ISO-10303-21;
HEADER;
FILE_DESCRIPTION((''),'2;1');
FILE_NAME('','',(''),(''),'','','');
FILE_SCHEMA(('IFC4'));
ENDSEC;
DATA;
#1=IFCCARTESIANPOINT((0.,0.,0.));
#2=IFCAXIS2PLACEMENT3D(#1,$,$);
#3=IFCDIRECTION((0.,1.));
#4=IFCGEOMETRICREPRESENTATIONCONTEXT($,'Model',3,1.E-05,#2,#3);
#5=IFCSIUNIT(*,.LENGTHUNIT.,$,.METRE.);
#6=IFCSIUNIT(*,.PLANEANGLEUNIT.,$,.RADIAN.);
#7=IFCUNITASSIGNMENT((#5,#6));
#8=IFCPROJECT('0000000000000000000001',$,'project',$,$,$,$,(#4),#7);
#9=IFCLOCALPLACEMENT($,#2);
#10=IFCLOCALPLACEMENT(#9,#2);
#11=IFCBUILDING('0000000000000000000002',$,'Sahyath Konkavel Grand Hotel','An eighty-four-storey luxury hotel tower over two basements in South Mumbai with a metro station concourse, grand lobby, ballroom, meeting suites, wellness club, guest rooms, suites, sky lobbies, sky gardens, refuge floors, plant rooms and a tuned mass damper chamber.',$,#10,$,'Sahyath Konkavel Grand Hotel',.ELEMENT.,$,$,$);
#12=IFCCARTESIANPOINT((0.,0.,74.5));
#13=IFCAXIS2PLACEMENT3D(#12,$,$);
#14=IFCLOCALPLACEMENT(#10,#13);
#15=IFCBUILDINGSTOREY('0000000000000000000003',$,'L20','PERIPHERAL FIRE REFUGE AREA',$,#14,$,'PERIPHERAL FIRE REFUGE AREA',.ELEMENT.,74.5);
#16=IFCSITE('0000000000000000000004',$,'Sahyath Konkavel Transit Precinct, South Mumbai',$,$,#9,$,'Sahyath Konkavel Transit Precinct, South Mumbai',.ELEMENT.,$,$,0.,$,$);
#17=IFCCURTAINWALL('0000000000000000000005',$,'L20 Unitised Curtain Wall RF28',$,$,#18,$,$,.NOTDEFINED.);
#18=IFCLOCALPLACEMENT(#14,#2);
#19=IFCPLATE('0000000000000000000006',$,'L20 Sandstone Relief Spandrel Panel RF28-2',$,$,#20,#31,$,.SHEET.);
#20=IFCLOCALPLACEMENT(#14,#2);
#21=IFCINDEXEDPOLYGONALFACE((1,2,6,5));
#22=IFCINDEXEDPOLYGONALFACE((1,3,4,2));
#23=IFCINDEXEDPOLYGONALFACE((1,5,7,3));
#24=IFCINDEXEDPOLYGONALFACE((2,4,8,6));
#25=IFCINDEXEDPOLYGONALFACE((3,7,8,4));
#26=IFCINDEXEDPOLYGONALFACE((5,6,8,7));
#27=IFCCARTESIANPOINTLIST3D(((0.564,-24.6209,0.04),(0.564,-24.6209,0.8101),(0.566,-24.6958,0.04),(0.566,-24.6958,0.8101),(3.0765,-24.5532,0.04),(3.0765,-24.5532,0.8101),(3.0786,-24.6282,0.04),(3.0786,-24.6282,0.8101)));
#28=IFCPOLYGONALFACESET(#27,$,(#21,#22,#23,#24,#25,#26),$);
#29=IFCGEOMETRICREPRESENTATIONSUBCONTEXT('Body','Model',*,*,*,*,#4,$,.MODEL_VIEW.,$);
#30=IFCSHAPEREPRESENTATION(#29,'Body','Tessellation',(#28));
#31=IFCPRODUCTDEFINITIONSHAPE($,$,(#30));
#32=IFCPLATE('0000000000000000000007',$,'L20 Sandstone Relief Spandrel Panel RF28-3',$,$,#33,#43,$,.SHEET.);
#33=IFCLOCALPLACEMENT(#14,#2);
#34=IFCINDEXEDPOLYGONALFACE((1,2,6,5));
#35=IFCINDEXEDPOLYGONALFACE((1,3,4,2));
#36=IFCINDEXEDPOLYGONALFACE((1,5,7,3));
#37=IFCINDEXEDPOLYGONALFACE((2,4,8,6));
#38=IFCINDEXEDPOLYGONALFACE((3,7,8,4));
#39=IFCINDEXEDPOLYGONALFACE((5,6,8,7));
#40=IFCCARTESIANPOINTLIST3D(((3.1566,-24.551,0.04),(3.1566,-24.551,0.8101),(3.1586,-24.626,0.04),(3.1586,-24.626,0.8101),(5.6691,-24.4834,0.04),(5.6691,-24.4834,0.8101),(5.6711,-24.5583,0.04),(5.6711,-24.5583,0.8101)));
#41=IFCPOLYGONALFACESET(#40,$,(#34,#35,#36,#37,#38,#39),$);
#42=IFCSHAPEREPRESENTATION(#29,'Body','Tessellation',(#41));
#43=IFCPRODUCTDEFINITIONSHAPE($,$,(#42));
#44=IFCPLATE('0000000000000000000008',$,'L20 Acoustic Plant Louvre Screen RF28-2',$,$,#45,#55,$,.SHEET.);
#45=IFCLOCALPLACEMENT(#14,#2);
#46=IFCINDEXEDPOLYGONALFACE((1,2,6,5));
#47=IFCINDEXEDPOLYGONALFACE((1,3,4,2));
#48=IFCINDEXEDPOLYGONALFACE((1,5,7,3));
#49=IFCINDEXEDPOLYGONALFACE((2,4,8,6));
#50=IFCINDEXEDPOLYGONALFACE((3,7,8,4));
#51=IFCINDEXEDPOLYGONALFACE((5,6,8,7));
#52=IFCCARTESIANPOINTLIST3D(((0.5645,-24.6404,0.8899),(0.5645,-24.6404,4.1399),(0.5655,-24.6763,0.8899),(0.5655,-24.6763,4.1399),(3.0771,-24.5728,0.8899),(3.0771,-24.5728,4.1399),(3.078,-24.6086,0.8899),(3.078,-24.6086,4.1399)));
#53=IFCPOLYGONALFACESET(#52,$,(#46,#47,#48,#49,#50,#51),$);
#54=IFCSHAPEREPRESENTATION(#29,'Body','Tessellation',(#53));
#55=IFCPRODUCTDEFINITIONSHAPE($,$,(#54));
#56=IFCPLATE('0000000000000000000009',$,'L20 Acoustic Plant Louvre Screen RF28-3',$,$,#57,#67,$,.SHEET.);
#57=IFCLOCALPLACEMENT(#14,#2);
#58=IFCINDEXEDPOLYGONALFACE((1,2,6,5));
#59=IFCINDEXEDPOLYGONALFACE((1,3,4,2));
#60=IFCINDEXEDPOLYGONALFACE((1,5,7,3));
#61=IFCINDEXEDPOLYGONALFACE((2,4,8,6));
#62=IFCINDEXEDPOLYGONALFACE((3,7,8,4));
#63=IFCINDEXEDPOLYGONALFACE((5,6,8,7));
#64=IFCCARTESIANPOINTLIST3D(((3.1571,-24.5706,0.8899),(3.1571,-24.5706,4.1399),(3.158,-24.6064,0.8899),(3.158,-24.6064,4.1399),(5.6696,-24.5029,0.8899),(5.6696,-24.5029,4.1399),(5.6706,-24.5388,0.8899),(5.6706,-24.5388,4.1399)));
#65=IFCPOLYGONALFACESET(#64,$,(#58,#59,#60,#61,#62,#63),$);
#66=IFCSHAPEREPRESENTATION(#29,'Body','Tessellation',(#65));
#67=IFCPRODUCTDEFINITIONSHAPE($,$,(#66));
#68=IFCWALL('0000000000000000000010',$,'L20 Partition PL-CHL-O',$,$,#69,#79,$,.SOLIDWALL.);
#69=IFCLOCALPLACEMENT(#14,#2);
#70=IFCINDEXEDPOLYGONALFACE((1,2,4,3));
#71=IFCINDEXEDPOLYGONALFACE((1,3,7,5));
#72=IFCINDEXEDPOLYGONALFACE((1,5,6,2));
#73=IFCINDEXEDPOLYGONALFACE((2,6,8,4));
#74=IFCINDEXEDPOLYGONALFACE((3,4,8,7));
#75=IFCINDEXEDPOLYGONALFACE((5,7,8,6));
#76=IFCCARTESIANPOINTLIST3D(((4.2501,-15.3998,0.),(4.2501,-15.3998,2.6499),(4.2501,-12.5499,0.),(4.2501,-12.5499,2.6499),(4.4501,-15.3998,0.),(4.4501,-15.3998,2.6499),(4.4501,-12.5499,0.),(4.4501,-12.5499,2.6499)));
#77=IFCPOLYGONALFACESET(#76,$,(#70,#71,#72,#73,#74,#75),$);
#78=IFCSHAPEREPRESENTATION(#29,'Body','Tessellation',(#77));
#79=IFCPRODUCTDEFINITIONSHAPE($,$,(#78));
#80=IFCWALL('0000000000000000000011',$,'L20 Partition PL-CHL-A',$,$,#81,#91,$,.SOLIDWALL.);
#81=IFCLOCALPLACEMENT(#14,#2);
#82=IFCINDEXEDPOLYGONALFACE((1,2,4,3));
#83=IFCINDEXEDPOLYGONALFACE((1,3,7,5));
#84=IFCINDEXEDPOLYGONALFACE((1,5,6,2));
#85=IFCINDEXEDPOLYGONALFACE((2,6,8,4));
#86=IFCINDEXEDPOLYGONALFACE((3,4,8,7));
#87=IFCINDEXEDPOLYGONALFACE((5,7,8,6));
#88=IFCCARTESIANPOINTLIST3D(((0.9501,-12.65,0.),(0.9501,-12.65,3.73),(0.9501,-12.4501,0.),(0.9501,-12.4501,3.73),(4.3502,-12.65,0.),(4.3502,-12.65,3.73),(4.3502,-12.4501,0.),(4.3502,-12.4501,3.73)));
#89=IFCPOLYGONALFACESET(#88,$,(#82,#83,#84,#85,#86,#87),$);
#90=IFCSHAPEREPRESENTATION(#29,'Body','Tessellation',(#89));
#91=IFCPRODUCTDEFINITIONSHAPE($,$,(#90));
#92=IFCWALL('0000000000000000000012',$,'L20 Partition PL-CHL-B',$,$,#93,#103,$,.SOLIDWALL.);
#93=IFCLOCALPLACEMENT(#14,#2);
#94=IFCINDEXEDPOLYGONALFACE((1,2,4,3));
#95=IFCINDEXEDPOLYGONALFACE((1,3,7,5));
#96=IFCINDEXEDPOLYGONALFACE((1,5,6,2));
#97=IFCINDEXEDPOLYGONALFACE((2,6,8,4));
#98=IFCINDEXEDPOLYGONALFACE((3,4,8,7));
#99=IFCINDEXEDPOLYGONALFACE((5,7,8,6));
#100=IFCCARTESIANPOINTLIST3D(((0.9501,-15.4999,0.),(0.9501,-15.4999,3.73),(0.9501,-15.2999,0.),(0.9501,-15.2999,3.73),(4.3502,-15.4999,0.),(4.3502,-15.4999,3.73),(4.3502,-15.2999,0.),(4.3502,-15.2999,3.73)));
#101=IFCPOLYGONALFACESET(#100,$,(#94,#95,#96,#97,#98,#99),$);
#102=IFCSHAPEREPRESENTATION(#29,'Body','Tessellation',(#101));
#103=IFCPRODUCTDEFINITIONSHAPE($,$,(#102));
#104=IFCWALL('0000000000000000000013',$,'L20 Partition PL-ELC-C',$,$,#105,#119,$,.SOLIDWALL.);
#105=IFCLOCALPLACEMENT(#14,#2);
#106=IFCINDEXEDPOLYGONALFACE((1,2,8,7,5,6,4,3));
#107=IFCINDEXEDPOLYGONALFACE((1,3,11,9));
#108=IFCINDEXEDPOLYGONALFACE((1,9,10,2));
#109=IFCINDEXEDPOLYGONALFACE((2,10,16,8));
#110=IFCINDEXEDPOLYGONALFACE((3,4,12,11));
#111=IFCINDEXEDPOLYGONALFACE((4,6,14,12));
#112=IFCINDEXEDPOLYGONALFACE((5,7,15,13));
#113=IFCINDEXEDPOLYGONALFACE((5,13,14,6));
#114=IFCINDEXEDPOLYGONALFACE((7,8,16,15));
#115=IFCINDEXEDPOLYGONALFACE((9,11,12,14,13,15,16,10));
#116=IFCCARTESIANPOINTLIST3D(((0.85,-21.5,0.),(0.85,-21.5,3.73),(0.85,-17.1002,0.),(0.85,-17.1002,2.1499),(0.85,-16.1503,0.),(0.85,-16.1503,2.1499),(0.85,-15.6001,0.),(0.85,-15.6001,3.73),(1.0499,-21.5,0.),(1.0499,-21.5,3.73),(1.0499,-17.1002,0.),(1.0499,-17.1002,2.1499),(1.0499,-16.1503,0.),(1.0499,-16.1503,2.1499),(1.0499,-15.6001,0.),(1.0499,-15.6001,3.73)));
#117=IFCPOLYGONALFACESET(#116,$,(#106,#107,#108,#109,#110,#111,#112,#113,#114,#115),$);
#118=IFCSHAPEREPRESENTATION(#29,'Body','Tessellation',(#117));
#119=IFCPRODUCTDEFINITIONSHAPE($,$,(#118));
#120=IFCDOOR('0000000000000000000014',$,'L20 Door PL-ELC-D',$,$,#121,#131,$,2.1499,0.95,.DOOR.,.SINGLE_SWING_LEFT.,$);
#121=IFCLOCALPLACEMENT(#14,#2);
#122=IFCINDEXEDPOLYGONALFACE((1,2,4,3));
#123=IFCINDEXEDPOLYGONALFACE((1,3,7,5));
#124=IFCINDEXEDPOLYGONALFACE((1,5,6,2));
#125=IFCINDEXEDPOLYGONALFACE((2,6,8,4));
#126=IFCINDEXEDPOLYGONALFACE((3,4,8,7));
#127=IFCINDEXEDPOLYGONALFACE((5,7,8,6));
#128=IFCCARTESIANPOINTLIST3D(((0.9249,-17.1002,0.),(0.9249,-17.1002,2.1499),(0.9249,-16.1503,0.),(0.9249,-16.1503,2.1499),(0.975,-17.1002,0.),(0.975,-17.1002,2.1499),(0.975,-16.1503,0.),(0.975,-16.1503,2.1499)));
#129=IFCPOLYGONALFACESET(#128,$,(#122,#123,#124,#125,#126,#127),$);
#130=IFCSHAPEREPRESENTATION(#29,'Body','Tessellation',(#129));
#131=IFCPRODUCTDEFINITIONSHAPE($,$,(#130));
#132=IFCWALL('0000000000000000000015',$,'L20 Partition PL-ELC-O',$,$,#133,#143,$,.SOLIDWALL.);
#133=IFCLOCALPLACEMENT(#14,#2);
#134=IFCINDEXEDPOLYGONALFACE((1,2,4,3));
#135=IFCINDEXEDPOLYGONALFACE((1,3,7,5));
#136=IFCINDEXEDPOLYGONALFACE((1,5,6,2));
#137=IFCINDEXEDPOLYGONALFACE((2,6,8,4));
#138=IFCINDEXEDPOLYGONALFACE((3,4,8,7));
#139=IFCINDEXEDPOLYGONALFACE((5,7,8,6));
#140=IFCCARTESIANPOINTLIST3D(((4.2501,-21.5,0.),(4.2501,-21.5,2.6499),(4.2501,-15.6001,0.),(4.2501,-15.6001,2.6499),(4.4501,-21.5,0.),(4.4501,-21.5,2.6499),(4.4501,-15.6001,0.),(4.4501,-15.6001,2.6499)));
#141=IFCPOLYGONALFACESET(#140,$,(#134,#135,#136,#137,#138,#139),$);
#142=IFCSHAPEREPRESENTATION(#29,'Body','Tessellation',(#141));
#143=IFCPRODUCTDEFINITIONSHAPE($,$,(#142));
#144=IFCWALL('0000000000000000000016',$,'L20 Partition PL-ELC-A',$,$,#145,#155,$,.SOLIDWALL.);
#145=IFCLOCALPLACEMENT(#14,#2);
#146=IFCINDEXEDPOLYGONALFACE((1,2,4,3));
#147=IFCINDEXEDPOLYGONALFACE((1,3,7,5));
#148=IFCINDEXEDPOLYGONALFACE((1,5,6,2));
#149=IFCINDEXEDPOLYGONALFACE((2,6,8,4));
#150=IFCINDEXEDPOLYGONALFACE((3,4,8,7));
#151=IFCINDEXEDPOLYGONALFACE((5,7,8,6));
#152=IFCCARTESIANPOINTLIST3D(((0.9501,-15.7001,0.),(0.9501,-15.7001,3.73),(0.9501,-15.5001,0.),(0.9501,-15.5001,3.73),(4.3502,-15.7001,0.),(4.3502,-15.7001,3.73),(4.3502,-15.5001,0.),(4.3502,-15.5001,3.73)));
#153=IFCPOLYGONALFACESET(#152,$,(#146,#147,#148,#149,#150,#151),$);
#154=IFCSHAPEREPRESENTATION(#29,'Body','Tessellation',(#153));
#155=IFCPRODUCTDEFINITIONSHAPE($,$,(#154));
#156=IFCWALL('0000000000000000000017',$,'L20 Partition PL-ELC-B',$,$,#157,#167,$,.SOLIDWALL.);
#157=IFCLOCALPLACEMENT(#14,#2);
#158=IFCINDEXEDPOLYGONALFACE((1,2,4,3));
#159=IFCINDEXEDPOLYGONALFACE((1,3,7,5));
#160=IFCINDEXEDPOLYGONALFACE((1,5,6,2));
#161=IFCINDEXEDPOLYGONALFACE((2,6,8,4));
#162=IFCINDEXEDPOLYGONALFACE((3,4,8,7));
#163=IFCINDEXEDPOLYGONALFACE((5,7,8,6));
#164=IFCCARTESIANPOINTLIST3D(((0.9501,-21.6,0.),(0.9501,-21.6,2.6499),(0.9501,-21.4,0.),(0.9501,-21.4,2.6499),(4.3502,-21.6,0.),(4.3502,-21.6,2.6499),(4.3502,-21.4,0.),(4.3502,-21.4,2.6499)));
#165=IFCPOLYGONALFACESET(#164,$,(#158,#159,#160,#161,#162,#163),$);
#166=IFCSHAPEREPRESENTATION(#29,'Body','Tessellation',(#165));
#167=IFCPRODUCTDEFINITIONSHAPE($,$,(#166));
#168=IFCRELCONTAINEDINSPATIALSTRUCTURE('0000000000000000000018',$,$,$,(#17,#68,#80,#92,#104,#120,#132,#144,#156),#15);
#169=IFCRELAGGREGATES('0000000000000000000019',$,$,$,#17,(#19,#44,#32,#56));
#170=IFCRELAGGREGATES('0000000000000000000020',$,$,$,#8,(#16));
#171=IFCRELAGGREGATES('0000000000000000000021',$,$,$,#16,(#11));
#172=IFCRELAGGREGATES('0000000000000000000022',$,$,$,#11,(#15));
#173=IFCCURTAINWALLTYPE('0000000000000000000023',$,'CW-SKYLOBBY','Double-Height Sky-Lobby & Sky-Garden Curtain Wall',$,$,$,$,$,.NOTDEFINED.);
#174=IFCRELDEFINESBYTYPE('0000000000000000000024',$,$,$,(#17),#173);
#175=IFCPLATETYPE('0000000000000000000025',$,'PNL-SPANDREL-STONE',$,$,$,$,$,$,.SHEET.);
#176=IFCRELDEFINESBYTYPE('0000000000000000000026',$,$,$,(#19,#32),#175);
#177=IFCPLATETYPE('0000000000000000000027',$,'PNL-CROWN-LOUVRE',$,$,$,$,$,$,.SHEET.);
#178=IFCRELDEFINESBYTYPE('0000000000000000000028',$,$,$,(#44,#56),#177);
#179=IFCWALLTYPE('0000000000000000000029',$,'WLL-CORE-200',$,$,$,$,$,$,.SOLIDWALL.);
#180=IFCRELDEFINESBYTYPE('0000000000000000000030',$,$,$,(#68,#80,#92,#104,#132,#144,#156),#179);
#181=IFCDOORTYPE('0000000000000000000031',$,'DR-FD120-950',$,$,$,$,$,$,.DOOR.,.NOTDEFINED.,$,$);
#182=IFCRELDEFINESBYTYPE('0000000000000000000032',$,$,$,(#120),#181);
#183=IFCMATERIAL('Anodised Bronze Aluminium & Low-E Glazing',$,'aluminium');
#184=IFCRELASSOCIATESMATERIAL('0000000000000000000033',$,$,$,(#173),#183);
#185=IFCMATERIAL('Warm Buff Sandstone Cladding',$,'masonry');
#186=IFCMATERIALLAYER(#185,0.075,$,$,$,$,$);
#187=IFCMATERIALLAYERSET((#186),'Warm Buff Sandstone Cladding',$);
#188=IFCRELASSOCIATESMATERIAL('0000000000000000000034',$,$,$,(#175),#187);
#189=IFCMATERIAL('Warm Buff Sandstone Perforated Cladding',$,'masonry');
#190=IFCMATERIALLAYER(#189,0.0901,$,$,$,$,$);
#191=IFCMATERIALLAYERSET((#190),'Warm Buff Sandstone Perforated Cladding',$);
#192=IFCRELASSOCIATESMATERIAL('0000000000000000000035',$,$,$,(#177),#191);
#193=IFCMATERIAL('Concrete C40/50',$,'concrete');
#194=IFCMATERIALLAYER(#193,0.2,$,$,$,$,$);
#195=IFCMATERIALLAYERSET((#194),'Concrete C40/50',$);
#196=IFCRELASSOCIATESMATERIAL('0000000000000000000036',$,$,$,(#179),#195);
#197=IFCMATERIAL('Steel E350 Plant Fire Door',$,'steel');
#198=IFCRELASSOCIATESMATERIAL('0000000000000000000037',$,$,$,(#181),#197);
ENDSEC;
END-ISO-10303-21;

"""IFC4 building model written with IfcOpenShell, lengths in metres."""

from ifc_helpers import new_model, si_unit, direction, frame, frame_2d, origin, origin_2d, place, context, subcontext, project, spatial, rectangle, extrude, source, transform, mapped, material, layer, layer_set, type_object, element, fill, aggregate, save


model = new_model("IFC4")

# Units and contexts
model_context = context("Model", 3, precision=1e-05, world=origin(), true_north=direction((0.0, 1.0)))
body_context = subcontext(model_context, "Body", "Model", "MODEL_VIEW")
ifc_project = project(units=[si_unit("LENGTHUNIT", "METRE"), si_unit("PLANEANGLEUNIT", "RADIAN")], contexts=[model_context])

# Site, building, storey
site_placement = place(None, origin())
site = spatial("IfcSite", under=ifc_project, at=site_placement, Name="Sahyath Konkavel Transit Precinct, South Mumbai", LongName="Sahyath Konkavel Transit Precinct, South Mumbai", CompositionType="ELEMENT", RefElevation=0.0)
building_placement = place(site_placement, origin())
building = spatial("IfcBuilding", under=site, at=building_placement, Name="Sahyath Konkavel Grand Hotel", Description="An eighty-four-storey luxury hotel tower over two basements in South Mumbai with a metro station concourse, grand lobby, ballroom, meeting suites, wellness club, guest rooms, suites, sky lobbies, sky gardens, refuge floors, plant rooms and a tuned mass damper chamber.", LongName="Sahyath Konkavel Grand Hotel", CompositionType="ELEMENT")
storey_placement = place(building_placement, frame((0.0, 0.0, 74.5)))
storey = spatial("IfcBuildingStorey", under=building, at=storey_placement, Name="L20", Description="PERIPHERAL FIRE REFUGE AREA", LongName="PERIPHERAL FIRE REFUGE AREA", CompositionType="ELEMENT", Elevation=74.5)

# Curtain wall
ifc_material_1 = material(Name="Anodised Bronze Aluminium & Low-E Glazing", Category="aluminium")
curtain_wall_type = type_object("IfcCurtainWallType", Name="CW-SKYLOBBY", Description="Double-Height Sky-Lobby & Sky-Garden Curtain Wall", PredefinedType="NOTDEFINED", material=ifc_material_1)
curtain_wall_placement = place(storey_placement, origin())
curtain_wall = element("IfcCurtainWall", 1, at=curtain_wall_placement, inside=storey, type_object=curtain_wall_type, Name="L20 Unitised Curtain Wall RF28", PredefinedType="NOTDEFINED")

# Plates
ifc_material_2 = material(Name="Warm Buff Sandstone Cladding", Category="masonry")
ifc_layer_1 = layer(ifc_material_2, 0.075)
ifc_layer_set_1 = layer_set([ifc_layer_1], Name="Warm Buff Sandstone Cladding")
plate_type_1 = type_object("IfcPlateType", Name="PNL-SPANDREL-STONE", PredefinedType="SHEET", material=ifc_layer_set_1)
shared_shape_1 = source(origin(), body_context, "Body", "SweptSolid", [
    extrude(rectangle(XDim=2.5134, YDim=0.075, at=origin_2d()), origin(), (0.0, 0.0, 1.0), 0.77),
])
plate_1_placement = place(storey_placement, frame((1.8213, -24.6245, 0.04), z_axis=(0.0, 0.0, 1.0), x_axis=(0.999638, 0.02691, 0.0)))
plate_1 = element("IfcPlate", 2, at=plate_1_placement, type_object=plate_type_1, Name="L20 Sandstone Relief Spandrel Panel RF28-2", PredefinedType="SHEET", context=body_context, shape_type="MappedRepresentation", body=[
    mapped(shared_shape_1, transform((0.0, 0.0, 0.0), scale=1.0)),
])
plate_2_placement = place(storey_placement, frame((4.4138, -24.5547, 0.04), z_axis=(0.0, 0.0, 1.0), x_axis=(0.999638, 0.02691, 0.0)))
plate_2 = element("IfcPlate", 3, at=plate_2_placement, type_object=plate_type_1, Name="L20 Sandstone Relief Spandrel Panel RF28-3", PredefinedType="SHEET", context=body_context, shape_type="MappedRepresentation", body=[
    mapped(shared_shape_1, transform((0.0, 0.0, 0.0), scale=1.0)),
])
ifc_material_3 = material(Name="Warm Buff Sandstone Perforated Cladding", Category="masonry")
ifc_layer_2 = layer(ifc_material_3, 0.0901)
ifc_layer_set_2 = layer_set([ifc_layer_2], Name="Warm Buff Sandstone Perforated Cladding")
plate_type_2 = type_object("IfcPlateType", Name="PNL-CROWN-LOUVRE", PredefinedType="SHEET", material=ifc_layer_set_2)
shared_shape_2 = source(origin(), body_context, "Body", "SweptSolid", [
    extrude(rectangle(XDim=2.5134, YDim=0.0359, at=origin_2d()), origin(), (0.0, 0.0, 1.0), 3.25),
])
plate_3_placement = place(storey_placement, frame((1.8213, -24.6245, 0.8899), z_axis=(0.0, 0.0, 1.0), x_axis=(0.999638, 0.02691, 0.0)))
plate_3 = element("IfcPlate", 4, at=plate_3_placement, type_object=plate_type_2, Name="L20 Acoustic Plant Louvre Screen RF28-2", PredefinedType="SHEET", context=body_context, shape_type="MappedRepresentation", body=[
    mapped(shared_shape_2, transform((0.0, 0.0, 0.0), scale=1.0)),
])
plate_4_placement = place(storey_placement, frame((4.4138, -24.5547, 0.8899), z_axis=(0.0, 0.0, 1.0), x_axis=(0.999638, 0.02691, 0.0)))
plate_4 = element("IfcPlate", 5, at=plate_4_placement, type_object=plate_type_2, Name="L20 Acoustic Plant Louvre Screen RF28-3", PredefinedType="SHEET", context=body_context, shape_type="MappedRepresentation", body=[
    mapped(shared_shape_2, transform((0.0, 0.0, 0.0), scale=1.0)),
])
aggregate(curtain_wall, [plate_1, plate_3, plate_2, plate_4])

# Shared definitions
ifc_material_4 = material(Name="Concrete C40/50", Category="concrete")
ifc_layer_3 = layer(ifc_material_4, 0.2)
ifc_layer_set_3 = layer_set([ifc_layer_3], Name="Concrete C40/50")
wall_type = type_object("IfcWallType", Name="WLL-CORE-200", PredefinedType="SOLIDWALL", material=ifc_layer_set_3)
ifc_material_5 = material(Name="Steel E350 Plant Fire Door", Category="steel")
door_type = type_object("IfcDoorType", Name="DR-FD120-950", OperationType="NOTDEFINED", PredefinedType="DOOR", material=ifc_material_5)
shared_shape_3 = source(origin(), body_context, "Body", "SweptSolid", [
    extrude(rectangle(XDim=0.95, YDim=0.05, at=origin_2d()), origin(), (0.0, 0.0, 1.0), 2.1499),
])

# Walls
wall_1_placement = place(storey_placement, frame((4.3501, -12.55, 0.0), z_axis=(0.0, 0.0, 1.0), x_axis=(0.0, -1.0, 0.0)))
element("IfcWall", 6, at=wall_1_placement, inside=storey, type_object=wall_type, Name="L20 Partition PL-CHL-O", PredefinedType="SOLIDWALL", context=body_context, shape_type="SweptSolid", body=[
    extrude(rectangle(XDim=2.8499, YDim=0.2, at=frame_2d((1.4248, 0.0))), origin(), (0.0, 0.0, 1.0), 2.6499),
])
for number, where, z_axis, x_axis, name in (
    (7, (0.95, -12.55, 0.0), (0.0, 0.0, 1.0), (1.0, 0.0, 0.0), "L20 Partition PL-CHL-A"),
    (8, (0.95, -15.3999, 0.0), (0.0, 0.0, 1.0), (1.0, 0.0, 0.0), "L20 Partition PL-CHL-B"),
):
    element("IfcWall", number, at=place(storey_placement, frame(where, z_axis=z_axis, x_axis=x_axis)), inside=storey, type_object=wall_type, Name=name, PredefinedType="SOLIDWALL", context=body_context, shape_type="SweptSolid", body=[
        extrude(rectangle(XDim=3.4001, YDim=0.2, at=frame_2d((1.7002, 0.0))), origin(), (0.0, 0.0, 1.0), 3.73),
    ])

# Wall, opening, door
wall_2_placement = place(storey_placement, frame((0.95, -15.6001, 0.0), z_axis=(0.0, 0.0, 1.0), x_axis=(0.0, -1.0, 0.0)))
wall_2 = element("IfcWall", 9, at=wall_2_placement, inside=storey, type_object=wall_type, Name="L20 Partition PL-ELC-C", PredefinedType="SOLIDWALL", context=body_context, shape_type="SweptSolid", body=[
    extrude(rectangle(XDim=5.8999, YDim=0.2, at=frame_2d((2.95, 0.0))), origin(), (0.0, 0.0, 1.0), 3.73),
])
opening_1_placement = place(wall_2_placement, frame((0.55, 0.0, 0.0)))
opening_1 = element("IfcOpeningElement", 10, at=opening_1_placement, cuts=wall_2, PredefinedType="OPENING", context=body_context, shape_type="SweptSolid", body=[
    extrude(rectangle(XDim=0.95, YDim=2.1499, at=frame_2d((0.4751, 1.075))), frame((0.0, 0.1099, 0.0), z_axis=(0.0, -1.0, 0.0), x_axis=(1.0, 0.0, 0.0)), (0.0, 0.0, 1.0), 0.22),
])
door_1_placement = place(opening_1_placement, frame((0.4751, 0.0, 0.0)))
door_1 = element("IfcDoor", 11, at=door_1_placement, inside=storey, type_object=door_type, Name="L20 Door PL-ELC-D", OperationType="SINGLE_SWING_LEFT", OverallHeight=2.1499, OverallWidth=0.95, PredefinedType="DOOR", context=body_context, shape_type="MappedRepresentation", body=[
    mapped(shared_shape_3, transform((0.0, 0.0, 0.0), scale=1.0)),
])
fill(opening_1, door_1)

# Walls
wall_3_placement = place(storey_placement, frame((4.3501, -15.6001, 0.0), z_axis=(0.0, 0.0, 1.0), x_axis=(0.0, -1.0, 0.0)))
element("IfcWall", 12, at=wall_3_placement, inside=storey, type_object=wall_type, Name="L20 Partition PL-ELC-O", PredefinedType="SOLIDWALL", context=body_context, shape_type="SweptSolid", body=[
    extrude(rectangle(XDim=5.8999, YDim=0.2, at=frame_2d((2.95, 0.0))), origin(), (0.0, 0.0, 1.0), 2.6499),
])
wall_4_placement = place(storey_placement, frame((0.95, -15.6001, 0.0), z_axis=(0.0, 0.0, 1.0), x_axis=(1.0, 0.0, 0.0)))
element("IfcWall", 13, at=wall_4_placement, inside=storey, type_object=wall_type, Name="L20 Partition PL-ELC-A", PredefinedType="SOLIDWALL", context=body_context, shape_type="SweptSolid", body=[
    extrude(rectangle(XDim=3.4001, YDim=0.2, at=frame_2d((1.7002, 0.0))), origin(), (0.0, 0.0, 1.0), 3.73),
])
wall_5_placement = place(storey_placement, frame((0.95, -21.5, 0.0), z_axis=(0.0, 0.0, 1.0), x_axis=(1.0, 0.0, 0.0)))
element("IfcWall", 14, at=wall_5_placement, inside=storey, type_object=wall_type, Name="L20 Partition PL-ELC-B", PredefinedType="SOLIDWALL", context=body_context, shape_type="SweptSolid", body=[
    extrude(rectangle(XDim=3.4001, YDim=0.2, at=frame_2d((1.7002, 0.0))), origin(), (0.0, 0.0, 1.0), 2.6499),
])

save(model, "model.ifc")
